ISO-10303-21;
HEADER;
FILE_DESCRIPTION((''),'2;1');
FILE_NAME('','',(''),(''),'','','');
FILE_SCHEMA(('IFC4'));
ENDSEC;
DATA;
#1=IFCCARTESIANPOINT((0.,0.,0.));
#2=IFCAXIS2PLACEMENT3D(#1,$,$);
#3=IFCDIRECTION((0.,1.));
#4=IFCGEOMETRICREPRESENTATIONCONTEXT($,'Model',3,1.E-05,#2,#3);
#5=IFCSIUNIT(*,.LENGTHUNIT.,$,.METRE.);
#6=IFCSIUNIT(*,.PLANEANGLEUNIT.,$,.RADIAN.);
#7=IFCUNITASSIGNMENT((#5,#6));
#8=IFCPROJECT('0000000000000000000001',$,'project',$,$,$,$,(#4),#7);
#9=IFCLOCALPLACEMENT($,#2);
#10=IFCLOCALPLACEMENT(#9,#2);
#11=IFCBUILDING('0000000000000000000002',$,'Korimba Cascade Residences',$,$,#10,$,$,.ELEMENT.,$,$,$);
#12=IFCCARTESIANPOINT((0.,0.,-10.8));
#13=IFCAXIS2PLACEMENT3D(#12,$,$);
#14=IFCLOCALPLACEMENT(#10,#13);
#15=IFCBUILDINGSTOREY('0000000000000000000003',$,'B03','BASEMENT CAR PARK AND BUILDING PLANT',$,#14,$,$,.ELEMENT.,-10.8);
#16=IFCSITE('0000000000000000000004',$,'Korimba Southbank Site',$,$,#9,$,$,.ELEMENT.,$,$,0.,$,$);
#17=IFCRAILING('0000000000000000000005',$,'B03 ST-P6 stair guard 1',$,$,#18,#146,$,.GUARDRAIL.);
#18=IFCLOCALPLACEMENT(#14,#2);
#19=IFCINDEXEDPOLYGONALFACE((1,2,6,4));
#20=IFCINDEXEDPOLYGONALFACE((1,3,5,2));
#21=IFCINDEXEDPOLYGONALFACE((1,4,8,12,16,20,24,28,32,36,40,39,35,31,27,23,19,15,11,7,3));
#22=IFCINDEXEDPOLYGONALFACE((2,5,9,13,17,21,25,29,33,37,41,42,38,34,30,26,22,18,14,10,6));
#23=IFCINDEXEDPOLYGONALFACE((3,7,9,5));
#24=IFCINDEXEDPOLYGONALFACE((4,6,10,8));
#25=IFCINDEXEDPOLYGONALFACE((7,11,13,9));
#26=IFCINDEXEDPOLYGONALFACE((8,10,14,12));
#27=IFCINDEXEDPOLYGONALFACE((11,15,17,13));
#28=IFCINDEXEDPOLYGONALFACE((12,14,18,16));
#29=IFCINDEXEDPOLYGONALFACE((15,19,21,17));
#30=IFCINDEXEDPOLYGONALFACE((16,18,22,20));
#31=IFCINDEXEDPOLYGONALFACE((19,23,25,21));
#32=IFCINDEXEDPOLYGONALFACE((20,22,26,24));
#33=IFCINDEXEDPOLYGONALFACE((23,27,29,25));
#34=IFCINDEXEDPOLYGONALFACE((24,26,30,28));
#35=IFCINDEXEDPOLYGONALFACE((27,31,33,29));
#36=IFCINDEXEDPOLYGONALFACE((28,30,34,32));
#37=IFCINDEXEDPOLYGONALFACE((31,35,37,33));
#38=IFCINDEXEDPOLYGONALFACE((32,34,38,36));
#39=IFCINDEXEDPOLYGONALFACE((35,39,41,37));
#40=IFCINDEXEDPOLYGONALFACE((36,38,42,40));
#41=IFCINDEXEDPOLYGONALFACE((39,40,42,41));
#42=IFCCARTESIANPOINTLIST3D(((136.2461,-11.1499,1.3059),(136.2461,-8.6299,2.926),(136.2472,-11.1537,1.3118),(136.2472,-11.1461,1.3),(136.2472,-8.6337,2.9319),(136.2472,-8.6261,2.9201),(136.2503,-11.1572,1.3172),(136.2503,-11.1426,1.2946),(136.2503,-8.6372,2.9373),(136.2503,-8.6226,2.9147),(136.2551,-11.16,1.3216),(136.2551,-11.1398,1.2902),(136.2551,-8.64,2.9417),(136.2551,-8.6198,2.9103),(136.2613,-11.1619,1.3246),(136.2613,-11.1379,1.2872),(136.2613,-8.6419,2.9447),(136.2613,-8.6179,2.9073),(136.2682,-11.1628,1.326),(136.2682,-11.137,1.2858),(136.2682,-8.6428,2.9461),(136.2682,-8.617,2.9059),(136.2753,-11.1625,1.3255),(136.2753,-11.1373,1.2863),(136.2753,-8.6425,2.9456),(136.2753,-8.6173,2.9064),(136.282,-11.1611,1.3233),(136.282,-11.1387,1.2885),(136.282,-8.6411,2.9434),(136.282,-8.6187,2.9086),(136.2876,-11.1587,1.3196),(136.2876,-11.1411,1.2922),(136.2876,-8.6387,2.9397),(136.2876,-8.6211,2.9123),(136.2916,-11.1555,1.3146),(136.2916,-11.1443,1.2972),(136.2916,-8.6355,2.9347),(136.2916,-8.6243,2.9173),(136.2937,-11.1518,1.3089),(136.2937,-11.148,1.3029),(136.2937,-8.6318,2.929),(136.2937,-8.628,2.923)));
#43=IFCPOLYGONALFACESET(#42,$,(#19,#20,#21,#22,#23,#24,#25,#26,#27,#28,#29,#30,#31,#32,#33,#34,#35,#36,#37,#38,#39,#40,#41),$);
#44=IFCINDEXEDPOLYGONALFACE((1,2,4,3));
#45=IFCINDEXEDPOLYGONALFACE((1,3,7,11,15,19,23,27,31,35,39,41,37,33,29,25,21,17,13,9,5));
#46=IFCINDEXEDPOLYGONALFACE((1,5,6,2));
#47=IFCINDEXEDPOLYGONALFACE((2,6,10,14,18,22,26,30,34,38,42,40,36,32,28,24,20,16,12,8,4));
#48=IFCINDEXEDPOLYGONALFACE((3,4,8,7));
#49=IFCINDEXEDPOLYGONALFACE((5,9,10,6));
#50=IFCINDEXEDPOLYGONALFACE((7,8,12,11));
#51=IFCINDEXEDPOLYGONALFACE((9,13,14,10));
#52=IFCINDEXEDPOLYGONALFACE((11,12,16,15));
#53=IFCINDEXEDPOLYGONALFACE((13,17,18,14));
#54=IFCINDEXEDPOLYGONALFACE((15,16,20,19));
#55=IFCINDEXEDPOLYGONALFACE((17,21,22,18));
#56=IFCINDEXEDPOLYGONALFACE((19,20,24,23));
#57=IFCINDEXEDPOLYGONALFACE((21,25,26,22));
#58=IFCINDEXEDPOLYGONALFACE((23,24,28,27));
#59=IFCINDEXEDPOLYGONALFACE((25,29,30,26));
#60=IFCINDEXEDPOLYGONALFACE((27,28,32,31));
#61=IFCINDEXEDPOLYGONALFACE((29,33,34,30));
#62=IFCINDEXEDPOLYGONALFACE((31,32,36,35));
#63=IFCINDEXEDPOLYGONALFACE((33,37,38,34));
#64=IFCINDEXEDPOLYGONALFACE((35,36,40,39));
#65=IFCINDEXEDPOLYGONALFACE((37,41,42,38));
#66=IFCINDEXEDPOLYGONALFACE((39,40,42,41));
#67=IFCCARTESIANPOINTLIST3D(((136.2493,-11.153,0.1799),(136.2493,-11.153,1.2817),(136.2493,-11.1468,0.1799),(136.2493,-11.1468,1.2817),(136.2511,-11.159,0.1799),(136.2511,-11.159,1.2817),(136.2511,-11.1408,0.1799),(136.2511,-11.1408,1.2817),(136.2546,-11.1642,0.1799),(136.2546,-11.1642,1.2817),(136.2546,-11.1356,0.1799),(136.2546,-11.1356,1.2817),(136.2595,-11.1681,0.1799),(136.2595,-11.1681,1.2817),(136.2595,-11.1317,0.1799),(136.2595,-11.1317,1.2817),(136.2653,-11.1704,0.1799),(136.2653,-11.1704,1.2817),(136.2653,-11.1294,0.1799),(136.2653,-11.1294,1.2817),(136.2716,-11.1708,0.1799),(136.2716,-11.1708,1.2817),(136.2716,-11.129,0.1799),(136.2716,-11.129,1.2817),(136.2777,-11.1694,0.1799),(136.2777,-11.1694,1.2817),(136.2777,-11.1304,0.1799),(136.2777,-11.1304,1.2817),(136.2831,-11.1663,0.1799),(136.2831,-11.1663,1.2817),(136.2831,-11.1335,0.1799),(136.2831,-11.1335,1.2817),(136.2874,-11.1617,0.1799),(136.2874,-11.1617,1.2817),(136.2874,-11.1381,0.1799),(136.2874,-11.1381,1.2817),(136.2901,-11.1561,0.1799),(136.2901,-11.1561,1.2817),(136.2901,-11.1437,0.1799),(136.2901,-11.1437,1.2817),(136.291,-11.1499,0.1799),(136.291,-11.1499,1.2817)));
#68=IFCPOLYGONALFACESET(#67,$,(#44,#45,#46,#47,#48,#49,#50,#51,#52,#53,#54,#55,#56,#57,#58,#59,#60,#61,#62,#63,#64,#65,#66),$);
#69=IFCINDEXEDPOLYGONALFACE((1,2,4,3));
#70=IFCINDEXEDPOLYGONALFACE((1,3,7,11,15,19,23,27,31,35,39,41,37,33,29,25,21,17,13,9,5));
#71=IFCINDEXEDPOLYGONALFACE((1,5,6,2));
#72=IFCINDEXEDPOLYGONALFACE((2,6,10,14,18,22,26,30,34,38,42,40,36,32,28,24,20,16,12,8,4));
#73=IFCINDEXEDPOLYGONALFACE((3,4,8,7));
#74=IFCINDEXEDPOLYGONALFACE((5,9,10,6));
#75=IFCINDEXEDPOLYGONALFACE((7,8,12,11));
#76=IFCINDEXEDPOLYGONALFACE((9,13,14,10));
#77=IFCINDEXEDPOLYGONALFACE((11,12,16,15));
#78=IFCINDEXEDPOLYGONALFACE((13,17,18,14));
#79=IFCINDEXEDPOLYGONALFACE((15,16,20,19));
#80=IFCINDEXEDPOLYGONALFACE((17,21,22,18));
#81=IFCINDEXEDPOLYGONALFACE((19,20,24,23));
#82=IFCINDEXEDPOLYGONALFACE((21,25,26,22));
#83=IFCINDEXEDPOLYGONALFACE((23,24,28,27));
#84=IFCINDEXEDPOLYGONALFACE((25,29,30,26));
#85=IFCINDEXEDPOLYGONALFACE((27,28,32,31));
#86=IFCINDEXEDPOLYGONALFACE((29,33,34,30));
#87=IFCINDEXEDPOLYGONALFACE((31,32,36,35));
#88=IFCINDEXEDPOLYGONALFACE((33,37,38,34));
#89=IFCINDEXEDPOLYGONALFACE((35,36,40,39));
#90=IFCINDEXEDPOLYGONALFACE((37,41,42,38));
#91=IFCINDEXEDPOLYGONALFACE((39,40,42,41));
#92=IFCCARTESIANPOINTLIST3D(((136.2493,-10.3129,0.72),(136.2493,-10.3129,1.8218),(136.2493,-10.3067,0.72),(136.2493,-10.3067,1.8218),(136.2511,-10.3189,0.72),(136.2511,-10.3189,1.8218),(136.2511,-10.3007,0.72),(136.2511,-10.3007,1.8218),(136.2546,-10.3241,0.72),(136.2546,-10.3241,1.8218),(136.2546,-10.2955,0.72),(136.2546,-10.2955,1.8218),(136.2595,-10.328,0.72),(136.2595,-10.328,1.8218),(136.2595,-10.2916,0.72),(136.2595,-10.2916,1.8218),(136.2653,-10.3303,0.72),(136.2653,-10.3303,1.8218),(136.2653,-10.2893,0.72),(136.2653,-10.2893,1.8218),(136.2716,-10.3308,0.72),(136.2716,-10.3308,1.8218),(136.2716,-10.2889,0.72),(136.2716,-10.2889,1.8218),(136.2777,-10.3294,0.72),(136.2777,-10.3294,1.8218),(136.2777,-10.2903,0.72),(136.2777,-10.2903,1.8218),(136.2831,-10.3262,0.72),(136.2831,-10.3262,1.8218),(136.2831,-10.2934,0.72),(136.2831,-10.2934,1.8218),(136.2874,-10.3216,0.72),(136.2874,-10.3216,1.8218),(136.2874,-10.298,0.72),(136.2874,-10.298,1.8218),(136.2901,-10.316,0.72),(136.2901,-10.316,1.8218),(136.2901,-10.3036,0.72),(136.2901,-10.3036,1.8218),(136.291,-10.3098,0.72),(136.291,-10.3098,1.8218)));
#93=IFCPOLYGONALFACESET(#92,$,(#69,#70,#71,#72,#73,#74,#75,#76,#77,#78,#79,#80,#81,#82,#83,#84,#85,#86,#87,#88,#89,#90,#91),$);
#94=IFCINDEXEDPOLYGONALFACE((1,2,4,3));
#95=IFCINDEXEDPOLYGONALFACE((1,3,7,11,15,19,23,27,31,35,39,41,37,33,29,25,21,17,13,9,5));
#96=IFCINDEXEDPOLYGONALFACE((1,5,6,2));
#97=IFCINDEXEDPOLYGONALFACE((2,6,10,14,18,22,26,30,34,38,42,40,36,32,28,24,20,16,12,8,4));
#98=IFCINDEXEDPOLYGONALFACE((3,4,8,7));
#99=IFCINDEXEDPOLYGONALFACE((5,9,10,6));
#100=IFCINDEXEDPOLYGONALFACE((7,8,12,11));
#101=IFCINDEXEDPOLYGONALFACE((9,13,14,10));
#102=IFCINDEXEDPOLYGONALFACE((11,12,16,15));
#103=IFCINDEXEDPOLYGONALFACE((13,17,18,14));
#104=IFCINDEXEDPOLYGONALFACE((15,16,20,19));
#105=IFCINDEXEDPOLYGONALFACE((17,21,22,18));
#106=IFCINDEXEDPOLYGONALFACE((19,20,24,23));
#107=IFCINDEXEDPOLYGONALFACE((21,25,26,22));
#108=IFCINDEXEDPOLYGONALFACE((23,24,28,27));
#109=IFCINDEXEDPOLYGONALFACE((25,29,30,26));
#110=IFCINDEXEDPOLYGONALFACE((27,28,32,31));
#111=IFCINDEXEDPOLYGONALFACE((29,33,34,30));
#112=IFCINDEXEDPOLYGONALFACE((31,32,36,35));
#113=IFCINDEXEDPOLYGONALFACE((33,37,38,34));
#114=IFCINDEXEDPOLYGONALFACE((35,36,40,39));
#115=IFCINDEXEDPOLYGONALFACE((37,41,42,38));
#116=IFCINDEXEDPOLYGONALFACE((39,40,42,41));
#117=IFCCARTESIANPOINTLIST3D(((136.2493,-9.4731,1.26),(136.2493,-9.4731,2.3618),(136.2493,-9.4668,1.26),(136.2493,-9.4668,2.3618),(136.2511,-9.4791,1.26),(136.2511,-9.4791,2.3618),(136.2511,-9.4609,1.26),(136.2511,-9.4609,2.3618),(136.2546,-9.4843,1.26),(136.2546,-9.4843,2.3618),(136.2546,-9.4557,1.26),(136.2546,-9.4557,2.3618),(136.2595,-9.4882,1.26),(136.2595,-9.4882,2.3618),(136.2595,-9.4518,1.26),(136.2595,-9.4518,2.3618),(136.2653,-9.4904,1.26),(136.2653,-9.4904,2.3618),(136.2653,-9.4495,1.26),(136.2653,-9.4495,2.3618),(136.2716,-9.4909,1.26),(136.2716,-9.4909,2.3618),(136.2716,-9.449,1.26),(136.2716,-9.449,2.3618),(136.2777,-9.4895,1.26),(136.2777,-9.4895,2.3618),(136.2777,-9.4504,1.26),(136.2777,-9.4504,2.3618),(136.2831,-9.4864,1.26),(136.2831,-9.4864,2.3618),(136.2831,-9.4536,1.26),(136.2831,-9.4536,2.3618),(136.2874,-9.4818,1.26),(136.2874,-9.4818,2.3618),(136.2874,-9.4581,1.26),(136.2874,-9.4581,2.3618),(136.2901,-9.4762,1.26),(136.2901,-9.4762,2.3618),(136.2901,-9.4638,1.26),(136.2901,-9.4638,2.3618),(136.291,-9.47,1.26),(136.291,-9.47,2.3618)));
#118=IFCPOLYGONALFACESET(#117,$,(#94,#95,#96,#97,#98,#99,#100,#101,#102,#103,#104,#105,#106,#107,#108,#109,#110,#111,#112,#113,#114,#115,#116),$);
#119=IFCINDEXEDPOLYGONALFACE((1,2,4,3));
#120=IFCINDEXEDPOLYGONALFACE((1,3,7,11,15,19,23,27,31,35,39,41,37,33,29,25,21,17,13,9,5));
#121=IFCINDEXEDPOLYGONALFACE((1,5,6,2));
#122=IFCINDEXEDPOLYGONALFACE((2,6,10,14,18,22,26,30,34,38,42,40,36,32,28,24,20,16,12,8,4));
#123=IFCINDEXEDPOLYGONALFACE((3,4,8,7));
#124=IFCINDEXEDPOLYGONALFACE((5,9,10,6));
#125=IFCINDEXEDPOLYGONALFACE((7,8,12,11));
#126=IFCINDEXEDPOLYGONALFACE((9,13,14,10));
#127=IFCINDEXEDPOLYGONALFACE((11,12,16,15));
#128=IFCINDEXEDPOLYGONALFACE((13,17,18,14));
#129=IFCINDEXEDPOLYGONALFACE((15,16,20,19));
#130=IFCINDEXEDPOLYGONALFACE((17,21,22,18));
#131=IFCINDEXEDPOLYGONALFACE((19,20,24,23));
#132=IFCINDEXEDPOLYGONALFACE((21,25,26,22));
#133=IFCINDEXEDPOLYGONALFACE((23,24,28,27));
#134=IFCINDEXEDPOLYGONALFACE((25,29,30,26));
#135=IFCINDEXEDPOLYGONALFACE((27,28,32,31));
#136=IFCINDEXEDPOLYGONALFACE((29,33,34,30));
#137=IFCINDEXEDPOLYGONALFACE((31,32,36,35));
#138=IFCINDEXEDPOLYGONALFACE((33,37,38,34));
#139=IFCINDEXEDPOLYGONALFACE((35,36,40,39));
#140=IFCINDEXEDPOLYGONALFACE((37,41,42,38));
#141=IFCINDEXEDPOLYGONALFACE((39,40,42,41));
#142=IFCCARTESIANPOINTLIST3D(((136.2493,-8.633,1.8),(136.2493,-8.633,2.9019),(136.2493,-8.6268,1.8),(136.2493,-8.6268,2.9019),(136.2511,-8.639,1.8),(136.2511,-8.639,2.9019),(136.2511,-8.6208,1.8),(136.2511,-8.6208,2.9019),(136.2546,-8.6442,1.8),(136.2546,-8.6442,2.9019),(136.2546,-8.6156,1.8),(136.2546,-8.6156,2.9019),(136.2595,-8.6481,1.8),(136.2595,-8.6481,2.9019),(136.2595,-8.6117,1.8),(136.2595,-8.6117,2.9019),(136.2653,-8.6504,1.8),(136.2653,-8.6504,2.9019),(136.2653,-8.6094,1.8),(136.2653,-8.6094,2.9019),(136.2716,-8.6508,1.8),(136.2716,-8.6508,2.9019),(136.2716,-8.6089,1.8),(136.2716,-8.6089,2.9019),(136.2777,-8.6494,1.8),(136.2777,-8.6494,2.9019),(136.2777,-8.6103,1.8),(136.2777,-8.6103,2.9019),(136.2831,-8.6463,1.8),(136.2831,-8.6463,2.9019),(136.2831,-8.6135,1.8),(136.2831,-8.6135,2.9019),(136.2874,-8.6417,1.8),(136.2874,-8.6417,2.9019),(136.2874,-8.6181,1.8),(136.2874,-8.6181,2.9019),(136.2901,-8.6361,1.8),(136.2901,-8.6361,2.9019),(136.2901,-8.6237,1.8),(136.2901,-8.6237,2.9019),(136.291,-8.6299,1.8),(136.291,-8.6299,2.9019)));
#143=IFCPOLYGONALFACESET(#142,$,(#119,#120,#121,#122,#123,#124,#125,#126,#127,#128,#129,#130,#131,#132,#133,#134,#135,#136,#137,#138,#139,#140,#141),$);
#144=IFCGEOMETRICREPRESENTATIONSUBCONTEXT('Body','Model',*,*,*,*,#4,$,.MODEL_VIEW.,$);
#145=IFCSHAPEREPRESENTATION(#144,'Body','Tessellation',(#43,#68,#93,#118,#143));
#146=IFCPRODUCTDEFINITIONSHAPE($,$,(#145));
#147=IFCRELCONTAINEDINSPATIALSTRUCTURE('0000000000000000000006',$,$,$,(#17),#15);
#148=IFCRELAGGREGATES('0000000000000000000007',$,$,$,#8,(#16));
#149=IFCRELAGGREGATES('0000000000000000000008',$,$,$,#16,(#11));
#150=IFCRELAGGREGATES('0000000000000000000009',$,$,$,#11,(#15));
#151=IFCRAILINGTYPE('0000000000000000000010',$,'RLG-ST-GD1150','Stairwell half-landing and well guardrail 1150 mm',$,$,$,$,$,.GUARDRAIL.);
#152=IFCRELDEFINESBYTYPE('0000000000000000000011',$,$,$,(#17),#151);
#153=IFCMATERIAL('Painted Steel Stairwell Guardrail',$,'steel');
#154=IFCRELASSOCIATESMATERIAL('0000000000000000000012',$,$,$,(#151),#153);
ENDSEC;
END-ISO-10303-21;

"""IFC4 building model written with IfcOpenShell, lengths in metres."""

from ifc_helpers import new_model, si_unit, direction, frame, origin, origin_2d, place, context, subcontext, project, spatial, circle, extrude, material, type_object, element, save


model = new_model("IFC4")

# Units and contexts
model_context = context("Model", 3, precision=1e-05, world=origin(), true_north=direction((0.0, 1.0)))
body_context = subcontext(model_context, "Body", "Model", "MODEL_VIEW")
ifc_project = project(units=[si_unit("LENGTHUNIT", "METRE"), si_unit("PLANEANGLEUNIT", "RADIAN")], contexts=[model_context])

# Site, building, storey
site_placement = place(None, origin())
site = spatial("IfcSite", under=ifc_project, at=site_placement, Name="Korimba Southbank Site", CompositionType="ELEMENT", RefElevation=0.0)
building_placement = place(site_placement, origin())
building = spatial("IfcBuilding", under=site, at=building_placement, Name="Korimba Cascade Residences", CompositionType="ELEMENT")
storey_placement = place(building_placement, frame((0.0, 0.0, -10.8)))
storey = spatial("IfcBuildingStorey", under=building, at=storey_placement, Name="B03", Description="BASEMENT CAR PARK AND BUILDING PLANT", CompositionType="ELEMENT", Elevation=-10.8)

# Railing
ifc_material_1 = material(Name="Painted Steel Stairwell Guardrail", Category="steel")
railing_type_1 = type_object("IfcRailingType", Name="RLG-ST-GD1150", Description="Stairwell half-landing and well guardrail 1150 mm", PredefinedType="GUARDRAIL", material=ifc_material_1)
railing_1_placement = place(storey_placement, frame((136.27, -11.1499, 0.1799)))
element("IfcRailing", 1, at=railing_1_placement, inside=storey, type_object=railing_type_1, Name="B03 ST-P6 stair guard 1", PredefinedType="GUARDRAIL", context=body_context, shape_type="SweptSolid", body=[
    extrude(circle(Radius=0.0239, at=origin_2d()), frame((0.0, 0.0, 1.126), z_axis=(0.0, 0.841163, 0.540782), x_axis=(-1.0, 0.0, 0.0)), (0.0, 0.0, 1.0), 2.9958),
    extrude(circle(Radius=0.021, at=origin_2d()), origin(), (0.0, 0.0, 1.0), 1.1018),
    extrude(circle(Radius=0.021, at=origin_2d()), frame((0.0, 0.8401, 0.54)), (0.0, 0.0, 1.0), 1.1018),
    extrude(circle(Radius=0.021, at=origin_2d()), frame((0.0, 1.6799, 1.0801)), (0.0, 0.0, 1.0), 1.1018),
    extrude(circle(Radius=0.021, at=origin_2d()), frame((0.0, 2.52, 1.6201)), (0.0, 0.0, 1.0), 1.1018),
])

save(model, "model.ifc")
